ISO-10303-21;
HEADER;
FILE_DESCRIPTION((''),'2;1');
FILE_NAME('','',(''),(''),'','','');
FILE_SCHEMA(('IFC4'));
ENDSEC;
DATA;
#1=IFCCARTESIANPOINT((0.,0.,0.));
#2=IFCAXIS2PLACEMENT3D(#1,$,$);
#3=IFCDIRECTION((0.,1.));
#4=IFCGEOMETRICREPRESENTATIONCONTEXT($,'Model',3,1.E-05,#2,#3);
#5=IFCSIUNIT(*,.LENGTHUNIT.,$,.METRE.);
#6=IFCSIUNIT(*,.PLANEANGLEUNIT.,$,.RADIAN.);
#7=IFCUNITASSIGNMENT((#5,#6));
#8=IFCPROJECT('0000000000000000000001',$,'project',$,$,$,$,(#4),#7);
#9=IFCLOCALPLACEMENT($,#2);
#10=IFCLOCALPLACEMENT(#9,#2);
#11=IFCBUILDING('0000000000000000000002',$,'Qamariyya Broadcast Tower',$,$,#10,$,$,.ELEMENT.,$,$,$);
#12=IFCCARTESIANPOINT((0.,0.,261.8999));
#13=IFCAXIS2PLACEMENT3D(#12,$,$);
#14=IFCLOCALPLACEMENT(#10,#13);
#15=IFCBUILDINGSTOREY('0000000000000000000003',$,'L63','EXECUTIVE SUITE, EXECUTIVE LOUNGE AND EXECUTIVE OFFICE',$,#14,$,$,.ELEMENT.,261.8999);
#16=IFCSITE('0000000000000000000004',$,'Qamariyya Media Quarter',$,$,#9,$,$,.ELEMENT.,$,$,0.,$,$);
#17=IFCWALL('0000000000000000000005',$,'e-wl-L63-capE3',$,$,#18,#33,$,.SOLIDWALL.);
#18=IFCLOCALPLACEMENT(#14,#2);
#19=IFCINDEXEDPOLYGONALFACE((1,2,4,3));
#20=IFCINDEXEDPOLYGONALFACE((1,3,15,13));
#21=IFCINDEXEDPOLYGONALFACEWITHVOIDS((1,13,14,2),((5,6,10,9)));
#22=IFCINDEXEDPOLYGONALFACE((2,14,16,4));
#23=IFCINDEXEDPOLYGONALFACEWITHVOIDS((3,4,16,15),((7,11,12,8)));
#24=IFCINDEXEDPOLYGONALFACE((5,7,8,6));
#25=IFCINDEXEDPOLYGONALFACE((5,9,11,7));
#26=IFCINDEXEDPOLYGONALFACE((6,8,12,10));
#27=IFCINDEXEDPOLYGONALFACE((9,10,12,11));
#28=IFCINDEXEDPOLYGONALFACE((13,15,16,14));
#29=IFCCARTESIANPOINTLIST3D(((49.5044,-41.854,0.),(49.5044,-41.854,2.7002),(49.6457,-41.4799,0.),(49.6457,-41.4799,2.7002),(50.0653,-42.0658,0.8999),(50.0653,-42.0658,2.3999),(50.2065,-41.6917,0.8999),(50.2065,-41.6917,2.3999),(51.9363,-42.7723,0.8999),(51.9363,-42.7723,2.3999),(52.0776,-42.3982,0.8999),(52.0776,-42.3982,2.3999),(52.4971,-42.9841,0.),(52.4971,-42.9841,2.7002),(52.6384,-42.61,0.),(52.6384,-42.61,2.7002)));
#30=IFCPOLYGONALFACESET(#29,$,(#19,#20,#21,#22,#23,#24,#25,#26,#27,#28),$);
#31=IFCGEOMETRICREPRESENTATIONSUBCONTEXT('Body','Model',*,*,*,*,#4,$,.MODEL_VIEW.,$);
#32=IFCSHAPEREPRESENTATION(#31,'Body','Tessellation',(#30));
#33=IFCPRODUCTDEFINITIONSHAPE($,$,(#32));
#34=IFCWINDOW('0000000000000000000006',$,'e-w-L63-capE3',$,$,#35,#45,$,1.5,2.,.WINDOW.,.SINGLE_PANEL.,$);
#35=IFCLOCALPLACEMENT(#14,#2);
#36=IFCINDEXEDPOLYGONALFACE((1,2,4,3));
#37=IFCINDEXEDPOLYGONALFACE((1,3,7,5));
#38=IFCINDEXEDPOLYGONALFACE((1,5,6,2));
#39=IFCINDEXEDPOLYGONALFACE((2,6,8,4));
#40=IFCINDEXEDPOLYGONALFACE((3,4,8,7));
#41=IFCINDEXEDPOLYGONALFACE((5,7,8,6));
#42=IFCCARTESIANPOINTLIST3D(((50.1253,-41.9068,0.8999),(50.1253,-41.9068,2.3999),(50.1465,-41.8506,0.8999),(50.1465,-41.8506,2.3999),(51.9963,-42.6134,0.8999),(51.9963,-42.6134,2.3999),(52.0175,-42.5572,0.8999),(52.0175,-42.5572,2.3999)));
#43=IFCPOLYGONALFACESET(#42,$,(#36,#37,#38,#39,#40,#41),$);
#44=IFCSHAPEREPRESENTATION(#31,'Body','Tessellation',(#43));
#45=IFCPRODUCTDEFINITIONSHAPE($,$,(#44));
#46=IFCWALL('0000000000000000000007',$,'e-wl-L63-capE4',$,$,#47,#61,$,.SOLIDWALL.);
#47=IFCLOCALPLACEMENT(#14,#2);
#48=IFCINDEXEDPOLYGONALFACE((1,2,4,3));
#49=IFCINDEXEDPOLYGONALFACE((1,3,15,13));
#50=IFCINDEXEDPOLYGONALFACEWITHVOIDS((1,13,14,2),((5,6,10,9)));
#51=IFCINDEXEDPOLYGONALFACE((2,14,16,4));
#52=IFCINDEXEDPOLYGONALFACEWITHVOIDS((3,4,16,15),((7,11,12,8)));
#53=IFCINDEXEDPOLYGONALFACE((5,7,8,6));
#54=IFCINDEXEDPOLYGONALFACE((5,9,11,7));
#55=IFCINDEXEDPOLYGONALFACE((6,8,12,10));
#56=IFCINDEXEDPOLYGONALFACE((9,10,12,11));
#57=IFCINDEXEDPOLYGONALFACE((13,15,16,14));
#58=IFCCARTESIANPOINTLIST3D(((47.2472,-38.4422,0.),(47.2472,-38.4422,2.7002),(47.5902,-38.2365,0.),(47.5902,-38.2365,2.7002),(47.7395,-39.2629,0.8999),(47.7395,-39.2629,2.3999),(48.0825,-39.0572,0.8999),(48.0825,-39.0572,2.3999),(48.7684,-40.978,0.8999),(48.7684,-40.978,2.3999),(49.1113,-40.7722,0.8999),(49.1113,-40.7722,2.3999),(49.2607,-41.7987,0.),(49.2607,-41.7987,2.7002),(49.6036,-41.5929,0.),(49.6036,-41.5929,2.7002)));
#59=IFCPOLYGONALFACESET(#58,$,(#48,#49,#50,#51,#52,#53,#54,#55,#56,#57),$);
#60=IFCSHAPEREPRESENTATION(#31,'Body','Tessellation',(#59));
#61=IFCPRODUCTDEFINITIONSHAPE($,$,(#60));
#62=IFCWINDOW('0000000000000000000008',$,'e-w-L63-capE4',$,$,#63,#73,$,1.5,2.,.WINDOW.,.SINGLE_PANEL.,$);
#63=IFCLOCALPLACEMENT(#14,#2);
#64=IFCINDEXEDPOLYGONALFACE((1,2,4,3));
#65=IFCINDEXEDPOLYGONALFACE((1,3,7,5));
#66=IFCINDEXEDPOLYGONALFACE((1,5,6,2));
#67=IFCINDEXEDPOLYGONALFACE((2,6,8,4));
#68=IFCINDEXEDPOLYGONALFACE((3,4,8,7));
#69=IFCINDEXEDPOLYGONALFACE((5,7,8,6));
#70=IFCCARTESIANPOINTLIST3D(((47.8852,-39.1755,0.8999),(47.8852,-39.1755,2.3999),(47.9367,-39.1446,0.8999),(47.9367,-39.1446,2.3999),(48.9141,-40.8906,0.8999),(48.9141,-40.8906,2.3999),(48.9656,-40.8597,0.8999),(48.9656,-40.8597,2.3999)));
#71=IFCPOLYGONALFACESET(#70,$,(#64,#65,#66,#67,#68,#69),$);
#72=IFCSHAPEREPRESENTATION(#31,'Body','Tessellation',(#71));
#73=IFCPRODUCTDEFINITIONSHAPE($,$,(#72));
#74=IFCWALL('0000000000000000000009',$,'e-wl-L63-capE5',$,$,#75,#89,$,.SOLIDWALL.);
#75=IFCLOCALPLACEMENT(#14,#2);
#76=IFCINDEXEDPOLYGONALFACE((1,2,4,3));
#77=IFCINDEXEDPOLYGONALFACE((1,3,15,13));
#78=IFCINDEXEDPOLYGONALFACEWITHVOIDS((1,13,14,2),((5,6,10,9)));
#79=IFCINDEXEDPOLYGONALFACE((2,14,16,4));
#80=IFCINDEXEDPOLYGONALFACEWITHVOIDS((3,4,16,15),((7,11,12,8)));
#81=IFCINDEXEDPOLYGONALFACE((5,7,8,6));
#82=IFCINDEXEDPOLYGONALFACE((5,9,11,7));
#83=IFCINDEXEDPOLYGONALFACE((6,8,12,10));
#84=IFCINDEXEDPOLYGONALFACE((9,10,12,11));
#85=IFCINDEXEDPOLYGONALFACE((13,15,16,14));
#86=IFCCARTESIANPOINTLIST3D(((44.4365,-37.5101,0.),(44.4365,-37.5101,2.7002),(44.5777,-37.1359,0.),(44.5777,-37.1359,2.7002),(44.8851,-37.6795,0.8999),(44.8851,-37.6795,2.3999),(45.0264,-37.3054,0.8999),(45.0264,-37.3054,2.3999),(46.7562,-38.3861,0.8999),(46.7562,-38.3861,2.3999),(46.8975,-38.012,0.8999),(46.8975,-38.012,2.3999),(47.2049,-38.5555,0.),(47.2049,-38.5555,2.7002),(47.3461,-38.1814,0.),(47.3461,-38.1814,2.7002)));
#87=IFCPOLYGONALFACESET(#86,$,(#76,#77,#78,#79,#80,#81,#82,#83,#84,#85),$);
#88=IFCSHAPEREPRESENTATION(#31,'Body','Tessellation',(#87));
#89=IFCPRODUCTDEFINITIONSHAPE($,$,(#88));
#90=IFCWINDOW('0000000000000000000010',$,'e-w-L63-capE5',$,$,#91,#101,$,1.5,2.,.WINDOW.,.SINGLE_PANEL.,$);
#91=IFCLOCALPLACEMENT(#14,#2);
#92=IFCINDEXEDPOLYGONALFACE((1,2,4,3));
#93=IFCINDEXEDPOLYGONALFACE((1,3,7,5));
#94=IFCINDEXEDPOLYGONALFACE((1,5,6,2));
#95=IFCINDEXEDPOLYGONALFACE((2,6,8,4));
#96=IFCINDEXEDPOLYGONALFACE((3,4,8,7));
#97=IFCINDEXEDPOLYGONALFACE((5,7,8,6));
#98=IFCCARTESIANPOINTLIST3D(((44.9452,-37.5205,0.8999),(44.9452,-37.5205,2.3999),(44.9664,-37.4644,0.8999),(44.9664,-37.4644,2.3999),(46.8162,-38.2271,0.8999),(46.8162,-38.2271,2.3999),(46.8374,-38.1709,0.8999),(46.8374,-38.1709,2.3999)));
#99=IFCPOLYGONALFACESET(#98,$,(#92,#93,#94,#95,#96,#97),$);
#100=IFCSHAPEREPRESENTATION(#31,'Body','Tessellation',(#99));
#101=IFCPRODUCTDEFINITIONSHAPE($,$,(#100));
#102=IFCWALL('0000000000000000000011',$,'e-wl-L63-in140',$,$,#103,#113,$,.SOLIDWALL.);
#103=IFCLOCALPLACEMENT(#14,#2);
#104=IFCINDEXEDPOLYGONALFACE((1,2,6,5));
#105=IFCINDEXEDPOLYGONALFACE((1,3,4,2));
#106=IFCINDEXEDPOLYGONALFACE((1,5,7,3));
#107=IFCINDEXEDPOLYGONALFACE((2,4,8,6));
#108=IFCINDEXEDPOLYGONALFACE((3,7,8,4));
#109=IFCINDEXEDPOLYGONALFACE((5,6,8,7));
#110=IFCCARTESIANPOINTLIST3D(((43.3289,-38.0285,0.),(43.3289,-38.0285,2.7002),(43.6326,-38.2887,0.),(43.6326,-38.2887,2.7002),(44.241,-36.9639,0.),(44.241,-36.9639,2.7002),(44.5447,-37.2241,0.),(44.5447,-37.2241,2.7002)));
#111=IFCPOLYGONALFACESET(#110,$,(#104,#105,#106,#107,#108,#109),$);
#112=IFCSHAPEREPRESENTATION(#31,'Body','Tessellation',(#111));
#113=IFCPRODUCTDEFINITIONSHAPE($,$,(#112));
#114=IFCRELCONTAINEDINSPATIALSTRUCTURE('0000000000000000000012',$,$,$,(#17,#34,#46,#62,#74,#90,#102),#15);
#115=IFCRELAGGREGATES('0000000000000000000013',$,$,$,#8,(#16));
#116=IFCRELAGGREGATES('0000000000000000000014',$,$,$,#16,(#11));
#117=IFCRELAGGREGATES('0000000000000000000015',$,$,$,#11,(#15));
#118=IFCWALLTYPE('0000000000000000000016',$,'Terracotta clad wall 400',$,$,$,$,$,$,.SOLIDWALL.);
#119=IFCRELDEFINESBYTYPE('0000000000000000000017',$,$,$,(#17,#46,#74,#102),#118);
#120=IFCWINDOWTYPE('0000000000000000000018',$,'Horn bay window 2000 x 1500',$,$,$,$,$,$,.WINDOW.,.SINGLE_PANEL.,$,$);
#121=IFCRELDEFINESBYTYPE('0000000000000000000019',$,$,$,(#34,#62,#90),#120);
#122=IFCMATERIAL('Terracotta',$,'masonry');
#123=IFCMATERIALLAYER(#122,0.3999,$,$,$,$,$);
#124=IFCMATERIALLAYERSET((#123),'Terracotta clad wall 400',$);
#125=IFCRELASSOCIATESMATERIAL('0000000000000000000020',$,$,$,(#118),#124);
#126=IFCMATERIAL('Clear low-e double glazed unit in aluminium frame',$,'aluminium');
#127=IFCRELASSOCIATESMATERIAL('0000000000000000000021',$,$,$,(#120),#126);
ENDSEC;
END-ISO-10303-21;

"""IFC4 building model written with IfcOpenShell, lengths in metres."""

from ifc_helpers import new_model, si_unit, direction, frame, frame_2d, origin, place, context, subcontext, project, spatial, rectangle, extrude, material, layer, layer_set, type_object, element, fill, save


model = new_model("IFC4")

# Units and contexts
model_context = context("Model", 3, precision=1e-05, world=origin(), true_north=direction((0.0, 1.0)))
body_context = subcontext(model_context, "Body", "Model", "MODEL_VIEW")
ifc_project = project(units=[si_unit("LENGTHUNIT", "METRE"), si_unit("PLANEANGLEUNIT", "RADIAN")], contexts=[model_context])

# Site, building, storey
site_placement = place(None, origin())
site = spatial("IfcSite", under=ifc_project, at=site_placement, Name="Qamariyya Media Quarter", CompositionType="ELEMENT", RefElevation=0.0)
building_placement = place(site_placement, origin())
building = spatial("IfcBuilding", under=site, at=building_placement, Name="Qamariyya Broadcast Tower", CompositionType="ELEMENT")
storey_placement = place(building_placement, frame((0.0, 0.0, 261.8999)))
storey = spatial("IfcBuildingStorey", under=building, at=storey_placement, Name="L63", Description="EXECUTIVE SUITE, EXECUTIVE LOUNGE AND EXECUTIVE OFFICE", CompositionType="ELEMENT", Elevation=261.8999)

# Walls, openings, windows
ifc_material_1 = material(Name="Terracotta", Category="masonry")
ifc_layer = layer(ifc_material_1, 0.3999)
ifc_layer_set = layer_set([ifc_layer], Name="Terracotta clad wall 400")
wall_type = type_object("IfcWallType", Name="Terracotta clad wall 400", PredefinedType="SOLIDWALL", material=ifc_layer_set)
ifc_material_2 = material(Name="Clear low-e double glazed unit in aluminium frame", Category="aluminium")
window_type = type_object("IfcWindowType", Name="Horn bay window 2000 x 1500", PartitioningType="SINGLE_PANEL", PredefinedType="WINDOW", material=ifc_material_2)
wall_1_placement = place(storey_placement, frame((52.5679, -42.7971, 0.0), z_axis=(0.0, 0.0, 1.0), x_axis=(-0.935518, 0.35328, 0.0)))
wall_1 = element("IfcWall", 1, at=wall_1_placement, inside=storey, type_object=wall_type, Name="e-wl-L63-capE3", PredefinedType="SOLIDWALL", context=body_context, shape_type="SweptSolid", body=[
    extrude(rectangle(XDim=3.199, YDim=0.3999, at=frame_2d((1.5996, 0.0))), origin(), (0.0, 0.0, 1.0), 2.7002),
])
opening_1_placement = place(wall_1_placement, frame((0.5996, 0.0, 0.8999)))
opening_1 = element("IfcOpeningElement", 2, at=opening_1_placement, cuts=wall_1, PredefinedType="OPENING", context=body_context, shape_type="SweptSolid", body=[
    extrude(rectangle(XDim=2.0, YDim=1.5, at=frame_2d((1.0, 0.75))), frame((0.0, 0.21, 0.0), z_axis=(0.0, -1.0, 0.0), x_axis=(1.0, 0.0, 0.0)), (0.0, 0.0, 1.0), 0.4199),
])
window_1_placement = place(opening_1_placement, origin())
window_1 = element("IfcWindow", 3, at=window_1_placement, inside=storey, type_object=window_type, Name="e-w-L63-capE3", OverallHeight=1.5, OverallWidth=2.0, PartitioningType="SINGLE_PANEL", PredefinedType="WINDOW", context=body_context, shape_type="SweptSolid", body=[
    extrude(rectangle(XDim=2.0, YDim=1.5, at=frame_2d((1.0, 0.75))), frame((0.0, 0.03, 0.0), z_axis=(0.0, -1.0, 0.0), x_axis=(1.0, 0.0, 0.0)), (0.0, 0.0, 1.0), 0.0601),
])
fill(opening_1, window_1)
wall_2_placement = place(storey_placement, frame((49.4321, -41.6958, 0.0), z_axis=(0.0, 0.0, 1.0), x_axis=(-0.514413, 0.857542, 0.0)))
wall_2 = element("IfcWall", 4, at=wall_2_placement, inside=storey, type_object=wall_type, Name="e-wl-L63-capE4", PredefinedType="SOLIDWALL", context=body_context, shape_type="SweptSolid", body=[
    extrude(rectangle(XDim=3.9141, YDim=0.3999, at=frame_2d((1.957, 0.0))), origin(), (0.0, 0.0, 1.0), 2.7002),
])
opening_2_placement = place(wall_2_placement, frame((0.957, 0.0, 0.8999)))
opening_2 = element("IfcOpeningElement", 5, at=opening_2_placement, cuts=wall_2, PredefinedType="OPENING", context=body_context, shape_type="SweptSolid", body=[
    extrude(rectangle(XDim=2.0, YDim=1.5, at=frame_2d((1.0, 0.75))), frame((0.0, 0.21, 0.0), z_axis=(0.0, -1.0, 0.0), x_axis=(1.0, 0.0, 0.0)), (0.0, 0.0, 1.0), 0.4199),
])
window_2_placement = place(opening_2_placement, origin())
window_2 = element("IfcWindow", 6, at=window_2_placement, inside=storey, type_object=window_type, Name="e-w-L63-capE4", OverallHeight=1.5, OverallWidth=2.0, PartitioningType="SINGLE_PANEL", PredefinedType="WINDOW", context=body_context, shape_type="SweptSolid", body=[
    extrude(rectangle(XDim=2.0, YDim=1.5, at=frame_2d((1.0, 0.75))), frame((0.0, 0.03, 0.0), z_axis=(0.0, -1.0, 0.0), x_axis=(1.0, 0.0, 0.0)), (0.0, 0.0, 1.0), 0.0601),
])
fill(opening_2, window_2)
wall_3_placement = place(storey_placement, frame((47.2754, -38.3684, 0.0), z_axis=(0.0, 0.0, 1.0), x_axis=(-0.935516, 0.353283, 0.0)))
wall_3 = element("IfcWall", 7, at=wall_3_placement, inside=storey, type_object=wall_type, Name="e-wl-L63-capE5", PredefinedType="SOLIDWALL", context=body_context, shape_type="SweptSolid", body=[
    extrude(rectangle(XDim=2.9592, YDim=0.3999, at=frame_2d((1.4795, 0.0))), origin(), (0.0, 0.0, 1.0), 2.7002),
])
opening_3_placement = place(wall_3_placement, frame((0.4795, 0.0, 0.8999)))
opening_3 = element("IfcOpeningElement", 8, at=opening_3_placement, cuts=wall_3, PredefinedType="OPENING", context=body_context, shape_type="SweptSolid", body=[
    extrude(rectangle(XDim=2.0, YDim=1.5, at=frame_2d((1.0, 0.75))), frame((0.0, 0.21, 0.0), z_axis=(0.0, -1.0, 0.0), x_axis=(1.0, 0.0, 0.0)), (0.0, 0.0, 1.0), 0.4199),
])
window_3_placement = place(opening_3_placement, origin())
window_3 = element("IfcWindow", 9, at=window_3_placement, inside=storey, type_object=window_type, Name="e-w-L63-capE5", OverallHeight=1.5, OverallWidth=2.0, PartitioningType="SINGLE_PANEL", PredefinedType="WINDOW", context=body_context, shape_type="SweptSolid", body=[
    extrude(rectangle(XDim=2.0, YDim=1.5, at=frame_2d((1.0, 0.75))), frame((0.0, 0.03, 0.0), z_axis=(0.0, -1.0, 0.0), x_axis=(1.0, 0.0, 0.0)), (0.0, 0.0, 1.0), 0.0601),
])
fill(opening_3, window_3)

# Wall
wall_4_placement = place(storey_placement, frame((44.3928, -37.094, 0.0), z_axis=(0.0, 0.0, 1.0), x_axis=(-0.650591, -0.759429, 0.0)))
element("IfcWall", 10, at=wall_4_placement, inside=storey, type_object=wall_type, Name="e-wl-L63-in140", PredefinedType="SOLIDWALL", context=body_context, shape_type="SweptSolid", body=[
    extrude(rectangle(XDim=1.4019, YDim=0.3999, at=frame_2d((0.7009, 0.0))), origin(), (0.0, 0.0, 1.0), 2.7002),
])

save(model, "model.ifc")
